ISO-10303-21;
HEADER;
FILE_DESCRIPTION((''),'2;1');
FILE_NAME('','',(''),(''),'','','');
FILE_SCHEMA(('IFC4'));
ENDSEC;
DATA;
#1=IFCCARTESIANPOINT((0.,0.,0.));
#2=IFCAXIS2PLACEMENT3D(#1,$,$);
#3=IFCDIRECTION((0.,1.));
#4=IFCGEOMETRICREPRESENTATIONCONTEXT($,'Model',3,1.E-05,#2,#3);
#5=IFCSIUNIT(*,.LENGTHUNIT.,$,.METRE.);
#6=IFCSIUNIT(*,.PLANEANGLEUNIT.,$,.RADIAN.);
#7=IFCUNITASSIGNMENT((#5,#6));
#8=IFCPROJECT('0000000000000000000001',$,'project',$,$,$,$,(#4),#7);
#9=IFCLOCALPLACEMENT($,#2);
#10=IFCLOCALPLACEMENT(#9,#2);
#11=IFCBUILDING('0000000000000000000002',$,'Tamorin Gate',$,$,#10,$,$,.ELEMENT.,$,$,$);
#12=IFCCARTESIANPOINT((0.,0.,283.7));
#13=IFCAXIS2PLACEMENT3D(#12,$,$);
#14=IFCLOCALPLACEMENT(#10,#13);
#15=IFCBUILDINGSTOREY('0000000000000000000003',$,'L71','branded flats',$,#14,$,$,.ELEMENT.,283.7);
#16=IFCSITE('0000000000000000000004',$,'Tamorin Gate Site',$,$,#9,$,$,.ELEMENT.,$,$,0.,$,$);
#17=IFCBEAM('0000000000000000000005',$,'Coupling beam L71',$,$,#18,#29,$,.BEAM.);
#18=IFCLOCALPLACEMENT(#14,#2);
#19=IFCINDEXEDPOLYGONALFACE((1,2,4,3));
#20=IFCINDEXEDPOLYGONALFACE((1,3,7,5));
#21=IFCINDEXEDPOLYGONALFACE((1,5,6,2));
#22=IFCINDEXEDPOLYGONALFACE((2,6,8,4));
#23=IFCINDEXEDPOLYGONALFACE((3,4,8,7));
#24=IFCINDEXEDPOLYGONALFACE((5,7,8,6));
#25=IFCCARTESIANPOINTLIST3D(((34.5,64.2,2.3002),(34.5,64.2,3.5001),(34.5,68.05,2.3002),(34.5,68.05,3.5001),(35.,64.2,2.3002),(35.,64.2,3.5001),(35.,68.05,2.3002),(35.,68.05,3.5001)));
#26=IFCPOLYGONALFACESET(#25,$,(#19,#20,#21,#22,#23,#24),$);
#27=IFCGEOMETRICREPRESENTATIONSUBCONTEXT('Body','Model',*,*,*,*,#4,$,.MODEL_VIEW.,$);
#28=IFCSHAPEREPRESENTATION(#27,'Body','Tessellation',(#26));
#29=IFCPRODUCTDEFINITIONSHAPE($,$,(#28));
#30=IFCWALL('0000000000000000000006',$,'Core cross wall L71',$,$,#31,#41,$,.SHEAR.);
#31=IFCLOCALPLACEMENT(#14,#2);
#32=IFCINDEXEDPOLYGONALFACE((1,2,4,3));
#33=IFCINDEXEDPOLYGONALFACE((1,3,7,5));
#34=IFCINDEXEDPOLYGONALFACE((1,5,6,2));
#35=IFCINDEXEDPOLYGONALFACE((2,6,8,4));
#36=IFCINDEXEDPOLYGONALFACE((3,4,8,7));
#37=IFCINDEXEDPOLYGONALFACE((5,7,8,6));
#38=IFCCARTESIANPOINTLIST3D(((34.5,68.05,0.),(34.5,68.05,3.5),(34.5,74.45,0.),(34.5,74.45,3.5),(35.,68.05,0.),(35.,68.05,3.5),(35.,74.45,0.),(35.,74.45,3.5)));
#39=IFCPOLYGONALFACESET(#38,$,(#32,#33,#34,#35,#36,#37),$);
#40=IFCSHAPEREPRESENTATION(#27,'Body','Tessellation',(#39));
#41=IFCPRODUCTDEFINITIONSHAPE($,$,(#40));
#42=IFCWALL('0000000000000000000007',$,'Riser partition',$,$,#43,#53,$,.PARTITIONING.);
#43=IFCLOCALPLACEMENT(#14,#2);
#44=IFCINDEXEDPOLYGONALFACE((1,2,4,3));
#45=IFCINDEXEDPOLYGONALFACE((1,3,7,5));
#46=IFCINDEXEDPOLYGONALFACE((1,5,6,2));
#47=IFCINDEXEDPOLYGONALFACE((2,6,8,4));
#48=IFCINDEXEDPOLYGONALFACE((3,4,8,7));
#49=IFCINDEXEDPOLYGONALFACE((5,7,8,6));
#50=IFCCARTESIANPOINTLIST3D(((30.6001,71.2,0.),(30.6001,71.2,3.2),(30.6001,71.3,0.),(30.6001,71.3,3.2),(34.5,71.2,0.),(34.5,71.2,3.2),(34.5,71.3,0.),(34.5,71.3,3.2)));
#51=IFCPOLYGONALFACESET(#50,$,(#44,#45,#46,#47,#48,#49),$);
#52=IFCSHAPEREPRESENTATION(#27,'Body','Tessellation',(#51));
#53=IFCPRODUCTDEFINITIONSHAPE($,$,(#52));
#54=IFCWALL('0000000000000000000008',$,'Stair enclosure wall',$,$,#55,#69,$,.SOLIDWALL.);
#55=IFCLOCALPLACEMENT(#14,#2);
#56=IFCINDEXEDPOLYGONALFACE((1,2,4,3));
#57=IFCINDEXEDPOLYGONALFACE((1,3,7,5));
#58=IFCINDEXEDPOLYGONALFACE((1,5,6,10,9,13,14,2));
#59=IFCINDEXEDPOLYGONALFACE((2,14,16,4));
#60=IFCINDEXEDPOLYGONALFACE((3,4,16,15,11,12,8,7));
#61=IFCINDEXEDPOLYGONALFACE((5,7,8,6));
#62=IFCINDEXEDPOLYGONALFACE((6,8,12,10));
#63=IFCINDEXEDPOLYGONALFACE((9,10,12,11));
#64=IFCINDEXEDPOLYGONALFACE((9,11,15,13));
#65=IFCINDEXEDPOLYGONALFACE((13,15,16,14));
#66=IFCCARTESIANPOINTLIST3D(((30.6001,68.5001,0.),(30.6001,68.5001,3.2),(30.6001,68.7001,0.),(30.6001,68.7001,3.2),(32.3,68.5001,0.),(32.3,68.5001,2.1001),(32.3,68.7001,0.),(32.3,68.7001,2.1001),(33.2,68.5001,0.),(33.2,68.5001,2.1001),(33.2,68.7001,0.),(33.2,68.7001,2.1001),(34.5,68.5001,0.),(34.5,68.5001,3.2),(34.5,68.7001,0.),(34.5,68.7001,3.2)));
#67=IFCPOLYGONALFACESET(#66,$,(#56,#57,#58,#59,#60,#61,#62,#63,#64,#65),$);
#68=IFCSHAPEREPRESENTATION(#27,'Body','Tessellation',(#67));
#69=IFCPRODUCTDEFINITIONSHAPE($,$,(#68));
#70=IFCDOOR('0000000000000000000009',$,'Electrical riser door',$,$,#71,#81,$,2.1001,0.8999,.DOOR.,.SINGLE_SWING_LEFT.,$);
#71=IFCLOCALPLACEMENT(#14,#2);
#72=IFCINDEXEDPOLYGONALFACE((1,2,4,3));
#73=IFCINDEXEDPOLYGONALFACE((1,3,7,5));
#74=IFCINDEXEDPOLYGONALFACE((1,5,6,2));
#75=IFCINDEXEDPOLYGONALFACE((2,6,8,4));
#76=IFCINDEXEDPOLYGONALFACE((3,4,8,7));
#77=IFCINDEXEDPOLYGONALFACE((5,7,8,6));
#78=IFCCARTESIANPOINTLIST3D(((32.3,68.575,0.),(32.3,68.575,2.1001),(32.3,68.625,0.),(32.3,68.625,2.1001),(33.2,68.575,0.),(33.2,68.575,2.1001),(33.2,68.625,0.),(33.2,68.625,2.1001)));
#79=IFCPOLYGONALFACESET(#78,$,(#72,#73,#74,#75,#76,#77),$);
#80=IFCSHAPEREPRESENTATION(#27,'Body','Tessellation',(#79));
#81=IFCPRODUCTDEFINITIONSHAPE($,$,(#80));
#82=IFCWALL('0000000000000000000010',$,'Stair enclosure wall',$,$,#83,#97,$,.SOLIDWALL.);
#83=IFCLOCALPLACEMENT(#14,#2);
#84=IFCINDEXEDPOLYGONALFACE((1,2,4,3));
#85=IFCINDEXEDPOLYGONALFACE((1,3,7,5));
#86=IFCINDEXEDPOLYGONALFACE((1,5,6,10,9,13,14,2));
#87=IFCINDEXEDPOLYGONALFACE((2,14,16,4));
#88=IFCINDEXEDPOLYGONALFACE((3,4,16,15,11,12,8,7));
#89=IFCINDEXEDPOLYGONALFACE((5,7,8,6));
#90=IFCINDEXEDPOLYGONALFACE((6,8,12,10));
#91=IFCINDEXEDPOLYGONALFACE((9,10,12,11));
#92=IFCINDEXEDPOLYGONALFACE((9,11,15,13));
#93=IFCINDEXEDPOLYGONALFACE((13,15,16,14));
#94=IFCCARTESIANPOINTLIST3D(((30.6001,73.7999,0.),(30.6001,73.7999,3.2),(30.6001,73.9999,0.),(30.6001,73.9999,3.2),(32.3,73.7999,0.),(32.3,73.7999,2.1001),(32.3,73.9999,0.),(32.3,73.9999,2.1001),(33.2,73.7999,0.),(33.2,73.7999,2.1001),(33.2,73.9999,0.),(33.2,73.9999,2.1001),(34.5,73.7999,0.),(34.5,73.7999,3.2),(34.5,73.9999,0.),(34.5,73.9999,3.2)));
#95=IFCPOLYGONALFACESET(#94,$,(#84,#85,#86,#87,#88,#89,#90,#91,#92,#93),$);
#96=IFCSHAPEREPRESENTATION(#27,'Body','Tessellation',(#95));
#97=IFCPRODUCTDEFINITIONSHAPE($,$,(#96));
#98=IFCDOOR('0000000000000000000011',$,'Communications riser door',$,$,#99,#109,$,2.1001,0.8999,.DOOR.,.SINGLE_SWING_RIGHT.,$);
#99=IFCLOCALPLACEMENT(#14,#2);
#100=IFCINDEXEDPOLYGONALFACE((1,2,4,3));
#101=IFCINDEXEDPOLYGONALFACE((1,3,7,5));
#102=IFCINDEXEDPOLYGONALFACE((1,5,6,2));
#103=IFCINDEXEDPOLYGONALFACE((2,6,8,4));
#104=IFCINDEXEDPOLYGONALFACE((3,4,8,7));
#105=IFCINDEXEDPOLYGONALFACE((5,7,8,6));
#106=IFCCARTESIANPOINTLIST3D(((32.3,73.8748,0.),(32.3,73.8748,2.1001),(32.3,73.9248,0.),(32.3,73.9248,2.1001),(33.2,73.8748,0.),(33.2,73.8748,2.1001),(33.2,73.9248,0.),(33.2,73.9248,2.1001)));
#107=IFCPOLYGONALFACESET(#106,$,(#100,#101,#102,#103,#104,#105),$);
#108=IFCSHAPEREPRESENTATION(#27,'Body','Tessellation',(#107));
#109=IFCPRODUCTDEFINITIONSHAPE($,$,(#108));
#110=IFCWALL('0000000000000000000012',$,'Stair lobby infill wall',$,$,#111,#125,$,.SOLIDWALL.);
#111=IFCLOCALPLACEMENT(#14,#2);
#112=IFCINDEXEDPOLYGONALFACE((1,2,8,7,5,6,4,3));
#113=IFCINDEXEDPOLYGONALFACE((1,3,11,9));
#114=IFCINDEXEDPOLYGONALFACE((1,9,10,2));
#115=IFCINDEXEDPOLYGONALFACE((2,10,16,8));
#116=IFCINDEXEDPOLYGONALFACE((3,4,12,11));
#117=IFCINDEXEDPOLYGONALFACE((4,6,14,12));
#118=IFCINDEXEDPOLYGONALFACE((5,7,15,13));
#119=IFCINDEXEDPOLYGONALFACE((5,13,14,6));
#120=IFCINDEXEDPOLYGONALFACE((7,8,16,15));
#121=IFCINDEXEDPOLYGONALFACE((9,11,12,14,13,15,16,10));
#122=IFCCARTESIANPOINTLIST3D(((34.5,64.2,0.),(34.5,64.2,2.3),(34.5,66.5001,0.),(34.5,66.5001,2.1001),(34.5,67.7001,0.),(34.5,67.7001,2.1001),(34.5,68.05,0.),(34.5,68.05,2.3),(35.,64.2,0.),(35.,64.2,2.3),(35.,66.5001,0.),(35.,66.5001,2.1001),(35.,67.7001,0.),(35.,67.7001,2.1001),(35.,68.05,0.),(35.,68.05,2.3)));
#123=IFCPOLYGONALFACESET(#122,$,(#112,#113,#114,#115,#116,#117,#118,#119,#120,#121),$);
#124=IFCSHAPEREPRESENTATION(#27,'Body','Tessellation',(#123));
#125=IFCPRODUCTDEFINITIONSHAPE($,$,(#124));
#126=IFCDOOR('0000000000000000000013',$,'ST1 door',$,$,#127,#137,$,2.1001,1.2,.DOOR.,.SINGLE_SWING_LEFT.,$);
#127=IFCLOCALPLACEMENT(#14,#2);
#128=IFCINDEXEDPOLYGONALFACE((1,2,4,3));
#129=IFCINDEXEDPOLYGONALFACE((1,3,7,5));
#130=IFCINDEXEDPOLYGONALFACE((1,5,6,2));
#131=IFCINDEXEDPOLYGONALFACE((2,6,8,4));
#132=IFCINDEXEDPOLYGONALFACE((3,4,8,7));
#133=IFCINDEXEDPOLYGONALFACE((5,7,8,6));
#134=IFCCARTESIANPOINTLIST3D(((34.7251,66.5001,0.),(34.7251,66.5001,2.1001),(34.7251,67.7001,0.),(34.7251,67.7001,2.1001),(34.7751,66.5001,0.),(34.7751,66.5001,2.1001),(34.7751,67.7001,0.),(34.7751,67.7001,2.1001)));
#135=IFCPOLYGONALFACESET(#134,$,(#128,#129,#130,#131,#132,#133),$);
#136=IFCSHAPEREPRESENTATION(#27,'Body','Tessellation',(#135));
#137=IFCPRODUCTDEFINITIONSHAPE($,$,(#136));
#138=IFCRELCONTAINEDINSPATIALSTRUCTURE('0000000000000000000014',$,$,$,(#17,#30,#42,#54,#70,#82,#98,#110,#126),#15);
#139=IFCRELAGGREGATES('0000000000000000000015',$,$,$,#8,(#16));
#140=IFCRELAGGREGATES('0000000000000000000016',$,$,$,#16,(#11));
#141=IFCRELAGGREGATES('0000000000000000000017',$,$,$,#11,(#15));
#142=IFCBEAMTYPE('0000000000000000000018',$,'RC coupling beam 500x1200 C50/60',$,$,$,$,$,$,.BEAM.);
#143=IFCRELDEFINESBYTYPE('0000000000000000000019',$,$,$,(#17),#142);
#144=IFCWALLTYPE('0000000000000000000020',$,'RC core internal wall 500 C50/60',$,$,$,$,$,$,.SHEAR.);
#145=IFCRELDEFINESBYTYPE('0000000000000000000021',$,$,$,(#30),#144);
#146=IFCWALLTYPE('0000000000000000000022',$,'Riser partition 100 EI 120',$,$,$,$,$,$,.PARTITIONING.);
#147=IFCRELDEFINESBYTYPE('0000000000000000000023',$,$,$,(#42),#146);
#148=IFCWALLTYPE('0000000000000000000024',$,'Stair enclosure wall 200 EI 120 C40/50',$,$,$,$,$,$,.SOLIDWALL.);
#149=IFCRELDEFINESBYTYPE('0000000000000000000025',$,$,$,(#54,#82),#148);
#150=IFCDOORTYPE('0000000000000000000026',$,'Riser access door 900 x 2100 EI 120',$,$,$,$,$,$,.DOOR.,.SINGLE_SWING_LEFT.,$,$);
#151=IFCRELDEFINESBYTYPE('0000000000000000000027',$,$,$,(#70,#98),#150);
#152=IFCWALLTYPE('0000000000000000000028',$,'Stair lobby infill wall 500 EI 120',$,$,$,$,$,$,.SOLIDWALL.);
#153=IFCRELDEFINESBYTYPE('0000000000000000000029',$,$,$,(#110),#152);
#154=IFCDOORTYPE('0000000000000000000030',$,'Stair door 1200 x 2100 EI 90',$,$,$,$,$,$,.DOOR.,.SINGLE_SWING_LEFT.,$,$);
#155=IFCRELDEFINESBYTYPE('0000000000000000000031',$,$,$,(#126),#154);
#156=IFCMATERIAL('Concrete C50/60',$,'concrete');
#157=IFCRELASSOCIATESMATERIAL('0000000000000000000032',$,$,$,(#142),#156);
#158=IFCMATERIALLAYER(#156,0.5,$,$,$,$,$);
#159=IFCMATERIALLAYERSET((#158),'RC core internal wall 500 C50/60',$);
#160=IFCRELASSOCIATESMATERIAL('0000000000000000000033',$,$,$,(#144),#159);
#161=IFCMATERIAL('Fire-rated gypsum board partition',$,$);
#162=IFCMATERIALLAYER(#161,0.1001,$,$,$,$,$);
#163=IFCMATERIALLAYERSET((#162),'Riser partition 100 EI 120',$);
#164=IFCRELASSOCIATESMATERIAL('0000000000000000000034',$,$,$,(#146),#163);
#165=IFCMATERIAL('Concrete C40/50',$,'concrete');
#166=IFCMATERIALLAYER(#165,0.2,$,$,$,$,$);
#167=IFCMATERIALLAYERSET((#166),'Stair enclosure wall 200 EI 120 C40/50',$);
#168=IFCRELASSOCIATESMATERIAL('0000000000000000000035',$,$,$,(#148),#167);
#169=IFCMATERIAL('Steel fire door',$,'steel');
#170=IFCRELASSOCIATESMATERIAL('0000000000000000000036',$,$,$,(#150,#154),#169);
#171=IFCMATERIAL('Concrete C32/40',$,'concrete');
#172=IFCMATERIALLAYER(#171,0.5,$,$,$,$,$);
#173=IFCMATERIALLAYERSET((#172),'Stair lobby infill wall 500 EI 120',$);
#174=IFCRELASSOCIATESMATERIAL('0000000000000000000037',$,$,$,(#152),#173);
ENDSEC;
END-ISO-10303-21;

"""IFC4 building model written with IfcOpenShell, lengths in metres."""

from ifc_helpers import new_model, si_unit, direction, frame, frame_2d, origin, origin_2d, place, context, subcontext, project, spatial, rectangle, extrude, material, layer, layer_set, material_profile, profile_set, type_object, element, fill, save


model = new_model("IFC4")

# Units and contexts
model_context = context("Model", 3, precision=1e-05, world=origin(), true_north=direction((0.0, 1.0)))
body_context = subcontext(model_context, "Body", "Model", "MODEL_VIEW")
ifc_project = project(units=[si_unit("LENGTHUNIT", "METRE"), si_unit("PLANEANGLEUNIT", "RADIAN")], contexts=[model_context])

# Site, building, storey
site_placement = place(None, origin())
site = spatial("IfcSite", under=ifc_project, at=site_placement, Name="Tamorin Gate Site", CompositionType="ELEMENT", RefElevation=0.0)
building_placement = place(site_placement, origin())
building = spatial("IfcBuilding", under=site, at=building_placement, Name="Tamorin Gate", CompositionType="ELEMENT")
storey_placement = place(building_placement, frame((0.0, 0.0, 283.7)))
storey = spatial("IfcBuildingStorey", under=building, at=storey_placement, Name="L71", Description="branded flats", CompositionType="ELEMENT", Elevation=283.7)

# Beam
ifc_material_1 = material(Name="Concrete C50/60", Category="concrete")
ifc_material_profile = material_profile(ifc_material_1, rectangle(XDim=0.5, YDim=1.2, at=origin_2d()), Name="RC 500x1200")
ifc_profile_set = profile_set([ifc_material_profile], Name="Concrete C50/60")
beam_type = type_object("IfcBeamType", Name="RC coupling beam 500x1200 C50/60", PredefinedType="BEAM", material=ifc_profile_set)
beam_placement = place(storey_placement, frame((34.75, 64.2, 2.9001), z_axis=(0.0, 1.0, 0.0), x_axis=(-1.0, 0.0, 0.0)))
element("IfcBeam", 1, at=beam_placement, inside=storey, type_object=beam_type, Name="Coupling beam L71", PredefinedType="BEAM", context=body_context, shape_type="SweptSolid", body=[
    extrude(rectangle(XDim=0.5, YDim=1.2, at=origin_2d()), origin(), (0.0, 0.0, 1.0), 3.8501),
])

# Walls
ifc_layer_1 = layer(ifc_material_1, 0.5)
ifc_layer_set_1 = layer_set([ifc_layer_1], Name="RC core internal wall 500 C50/60")
wall_type_1 = type_object("IfcWallType", Name="RC core internal wall 500 C50/60", PredefinedType="SHEAR", material=ifc_layer_set_1)
wall_1_placement = place(storey_placement, frame((34.75, 68.05, 0.0), z_axis=(0.0, 0.0, 1.0), x_axis=(0.0, 1.0, 0.0)))
element("IfcWall", 2, at=wall_1_placement, inside=storey, type_object=wall_type_1, Name="Core cross wall L71", PredefinedType="SHEAR", context=body_context, shape_type="SweptSolid", body=[
    extrude(rectangle(XDim=6.3999, YDim=0.5, at=frame_2d((3.2, 0.0))), origin(), (0.0, 0.0, 1.0), 3.5),
])
ifc_material_2 = material(Name="Fire-rated gypsum board partition")
ifc_layer_2 = layer(ifc_material_2, 0.1001)
ifc_layer_set_2 = layer_set([ifc_layer_2], Name="Riser partition 100 EI 120")
wall_type_2 = type_object("IfcWallType", Name="Riser partition 100 EI 120", PredefinedType="PARTITIONING", material=ifc_layer_set_2)
wall_2_placement = place(storey_placement, frame((30.6001, 71.25, 0.0), z_axis=(0.0, 0.0, 1.0), x_axis=(1.0, 0.0, 0.0)))
element("IfcWall", 3, at=wall_2_placement, inside=storey, type_object=wall_type_2, Name="Riser partition", PredefinedType="PARTITIONING", context=body_context, shape_type="SweptSolid", body=[
    extrude(rectangle(XDim=3.8999, YDim=0.1001, at=frame_2d((1.95, 0.0))), origin(), (0.0, 0.0, 1.0), 3.2),
])

# Walls, openings, doors
ifc_material_3 = material(Name="Concrete C40/50", Category="concrete")
ifc_layer_3 = layer(ifc_material_3, 0.2)
ifc_layer_set_3 = layer_set([ifc_layer_3], Name="Stair enclosure wall 200 EI 120 C40/50")
wall_type_3 = type_object("IfcWallType", Name="Stair enclosure wall 200 EI 120 C40/50", PredefinedType="SOLIDWALL", material=ifc_layer_set_3)
wall_3_placement = place(storey_placement, frame((30.6001, 68.6001, 0.0), z_axis=(0.0, 0.0, 1.0), x_axis=(1.0, 0.0, 0.0)))
wall_3 = element("IfcWall", 4, at=wall_3_placement, inside=storey, type_object=wall_type_3, Name="Stair enclosure wall", PredefinedType="SOLIDWALL", context=body_context, shape_type="SweptSolid", body=[
    extrude(rectangle(XDim=3.8999, YDim=0.2, at=frame_2d((1.95, 0.0))), origin(), (0.0, 0.0, 1.0), 3.2),
])
opening_1_placement = place(wall_3_placement, frame((1.7, 0.0, 0.0)))
opening_1 = element("IfcOpeningElement", 5, at=opening_1_placement, cuts=wall_3, PredefinedType="OPENING", context=body_context, shape_type="SweptSolid", body=[
    extrude(rectangle(XDim=0.8999, YDim=2.1001, at=frame_2d((0.45, 1.05))), frame((0.0, 0.1099, 0.0), z_axis=(0.0, -1.0, 0.0), x_axis=(1.0, 0.0, 0.0)), (0.0, 0.0, 1.0), 0.22),
])
ifc_material_4 = material(Name="Steel fire door", Category="steel")
door_type_1 = type_object("IfcDoorType", Name="Riser access door 900 x 2100 EI 120", OperationType="SINGLE_SWING_LEFT", PredefinedType="DOOR", material=ifc_material_4)
door_1_placement = place(opening_1_placement, origin())
door_1 = element("IfcDoor", 6, at=door_1_placement, inside=storey, type_object=door_type_1, Name="Electrical riser door", OperationType="SINGLE_SWING_LEFT", OverallHeight=2.1001, OverallWidth=0.8999, PredefinedType="DOOR", context=body_context, shape_type="SweptSolid", body=[
    extrude(rectangle(XDim=0.8999, YDim=2.1001, at=frame_2d((0.45, 1.05))), frame((0.0, 0.0249, 0.0), z_axis=(0.0, -1.0, 0.0), x_axis=(1.0, 0.0, 0.0)), (0.0, 0.0, 1.0), 0.05),
])
fill(opening_1, door_1)
wall_4_placement = place(storey_placement, frame((30.6001, 73.8999, 0.0), z_axis=(0.0, 0.0, 1.0), x_axis=(1.0, 0.0, 0.0)))
wall_4 = element("IfcWall", 7, at=wall_4_placement, inside=storey, type_object=wall_type_3, Name="Stair enclosure wall", PredefinedType="SOLIDWALL", context=body_context, shape_type="SweptSolid", body=[
    extrude(rectangle(XDim=3.8999, YDim=0.2, at=frame_2d((1.95, 0.0))), origin(), (0.0, 0.0, 1.0), 3.2),
])
opening_2_placement = place(wall_4_placement, frame((1.7, 0.0, 0.0)))
opening_2 = element("IfcOpeningElement", 8, at=opening_2_placement, cuts=wall_4, PredefinedType="OPENING", context=body_context, shape_type="SweptSolid", body=[
    extrude(rectangle(XDim=0.8999, YDim=2.1001, at=frame_2d((0.45, 1.05))), frame((0.0, 0.1099, 0.0), z_axis=(0.0, -1.0, 0.0), x_axis=(1.0, 0.0, 0.0)), (0.0, 0.0, 1.0), 0.22),
])
door_2_placement = place(opening_2_placement, origin())
door_2 = element("IfcDoor", 9, at=door_2_placement, inside=storey, type_object=door_type_1, Name="Communications riser door", OperationType="SINGLE_SWING_RIGHT", OverallHeight=2.1001, OverallWidth=0.8999, PredefinedType="DOOR", context=body_context, shape_type="SweptSolid", body=[
    extrude(rectangle(XDim=0.8999, YDim=2.1001, at=frame_2d((0.45, 1.05))), frame((0.0, 0.0249, 0.0), z_axis=(0.0, -1.0, 0.0), x_axis=(1.0, 0.0, 0.0)), (0.0, 0.0, 1.0), 0.05),
])
fill(opening_2, door_2)
ifc_material_5 = material(Name="Concrete C32/40", Category="concrete")
ifc_layer_4 = layer(ifc_material_5, 0.5)
ifc_layer_set_4 = layer_set([ifc_layer_4], Name="Stair lobby infill wall 500 EI 120")
wall_type_4 = type_object("IfcWallType", Name="Stair lobby infill wall 500 EI 120", PredefinedType="SOLIDWALL", material=ifc_layer_set_4)
wall_5_placement = place(storey_placement, frame((34.75, 64.2, 0.0), z_axis=(0.0, 0.0, 1.0), x_axis=(0.0, 1.0, 0.0)))
wall_5 = element("IfcWall", 10, at=wall_5_placement, inside=storey, type_object=wall_type_4, Name="Stair lobby infill wall", PredefinedType="SOLIDWALL", context=body_context, shape_type="SweptSolid", body=[
    extrude(rectangle(XDim=3.8501, YDim=0.5, at=frame_2d((1.925, 0.0))), origin(), (0.0, 0.0, 1.0), 2.3),
])
opening_3_placement = place(wall_5_placement, frame((2.3, 0.0, 0.0)))
opening_3 = element("IfcOpeningElement", 11, at=opening_3_placement, cuts=wall_5, PredefinedType="OPENING", context=body_context, shape_type="SweptSolid", body=[
    extrude(rectangle(XDim=1.2, YDim=2.1001, at=frame_2d((0.6001, 1.05))), frame((0.0, 0.26, 0.0), z_axis=(0.0, -1.0, 0.0), x_axis=(1.0, 0.0, 0.0)), (0.0, 0.0, 1.0), 0.52),
])
door_type_2 = type_object("IfcDoorType", Name="Stair door 1200 x 2100 EI 90", OperationType="SINGLE_SWING_LEFT", PredefinedType="DOOR", material=ifc_material_4)
door_3_placement = place(opening_3_placement, origin())
door_3 = element("IfcDoor", 12, at=door_3_placement, inside=storey, type_object=door_type_2, Name="ST1 door", OperationType="SINGLE_SWING_LEFT", OverallHeight=2.1001, OverallWidth=1.2, PredefinedType="DOOR", context=body_context, shape_type="SweptSolid", body=[
    extrude(rectangle(XDim=1.2, YDim=2.1001, at=frame_2d((0.6001, 1.05))), frame((0.0, 0.0249, 0.0), z_axis=(0.0, -1.0, 0.0), x_axis=(1.0, 0.0, 0.0)), (0.0, 0.0, 1.0), 0.05),
])
fill(opening_3, door_3)

save(model, "model.ifc")
